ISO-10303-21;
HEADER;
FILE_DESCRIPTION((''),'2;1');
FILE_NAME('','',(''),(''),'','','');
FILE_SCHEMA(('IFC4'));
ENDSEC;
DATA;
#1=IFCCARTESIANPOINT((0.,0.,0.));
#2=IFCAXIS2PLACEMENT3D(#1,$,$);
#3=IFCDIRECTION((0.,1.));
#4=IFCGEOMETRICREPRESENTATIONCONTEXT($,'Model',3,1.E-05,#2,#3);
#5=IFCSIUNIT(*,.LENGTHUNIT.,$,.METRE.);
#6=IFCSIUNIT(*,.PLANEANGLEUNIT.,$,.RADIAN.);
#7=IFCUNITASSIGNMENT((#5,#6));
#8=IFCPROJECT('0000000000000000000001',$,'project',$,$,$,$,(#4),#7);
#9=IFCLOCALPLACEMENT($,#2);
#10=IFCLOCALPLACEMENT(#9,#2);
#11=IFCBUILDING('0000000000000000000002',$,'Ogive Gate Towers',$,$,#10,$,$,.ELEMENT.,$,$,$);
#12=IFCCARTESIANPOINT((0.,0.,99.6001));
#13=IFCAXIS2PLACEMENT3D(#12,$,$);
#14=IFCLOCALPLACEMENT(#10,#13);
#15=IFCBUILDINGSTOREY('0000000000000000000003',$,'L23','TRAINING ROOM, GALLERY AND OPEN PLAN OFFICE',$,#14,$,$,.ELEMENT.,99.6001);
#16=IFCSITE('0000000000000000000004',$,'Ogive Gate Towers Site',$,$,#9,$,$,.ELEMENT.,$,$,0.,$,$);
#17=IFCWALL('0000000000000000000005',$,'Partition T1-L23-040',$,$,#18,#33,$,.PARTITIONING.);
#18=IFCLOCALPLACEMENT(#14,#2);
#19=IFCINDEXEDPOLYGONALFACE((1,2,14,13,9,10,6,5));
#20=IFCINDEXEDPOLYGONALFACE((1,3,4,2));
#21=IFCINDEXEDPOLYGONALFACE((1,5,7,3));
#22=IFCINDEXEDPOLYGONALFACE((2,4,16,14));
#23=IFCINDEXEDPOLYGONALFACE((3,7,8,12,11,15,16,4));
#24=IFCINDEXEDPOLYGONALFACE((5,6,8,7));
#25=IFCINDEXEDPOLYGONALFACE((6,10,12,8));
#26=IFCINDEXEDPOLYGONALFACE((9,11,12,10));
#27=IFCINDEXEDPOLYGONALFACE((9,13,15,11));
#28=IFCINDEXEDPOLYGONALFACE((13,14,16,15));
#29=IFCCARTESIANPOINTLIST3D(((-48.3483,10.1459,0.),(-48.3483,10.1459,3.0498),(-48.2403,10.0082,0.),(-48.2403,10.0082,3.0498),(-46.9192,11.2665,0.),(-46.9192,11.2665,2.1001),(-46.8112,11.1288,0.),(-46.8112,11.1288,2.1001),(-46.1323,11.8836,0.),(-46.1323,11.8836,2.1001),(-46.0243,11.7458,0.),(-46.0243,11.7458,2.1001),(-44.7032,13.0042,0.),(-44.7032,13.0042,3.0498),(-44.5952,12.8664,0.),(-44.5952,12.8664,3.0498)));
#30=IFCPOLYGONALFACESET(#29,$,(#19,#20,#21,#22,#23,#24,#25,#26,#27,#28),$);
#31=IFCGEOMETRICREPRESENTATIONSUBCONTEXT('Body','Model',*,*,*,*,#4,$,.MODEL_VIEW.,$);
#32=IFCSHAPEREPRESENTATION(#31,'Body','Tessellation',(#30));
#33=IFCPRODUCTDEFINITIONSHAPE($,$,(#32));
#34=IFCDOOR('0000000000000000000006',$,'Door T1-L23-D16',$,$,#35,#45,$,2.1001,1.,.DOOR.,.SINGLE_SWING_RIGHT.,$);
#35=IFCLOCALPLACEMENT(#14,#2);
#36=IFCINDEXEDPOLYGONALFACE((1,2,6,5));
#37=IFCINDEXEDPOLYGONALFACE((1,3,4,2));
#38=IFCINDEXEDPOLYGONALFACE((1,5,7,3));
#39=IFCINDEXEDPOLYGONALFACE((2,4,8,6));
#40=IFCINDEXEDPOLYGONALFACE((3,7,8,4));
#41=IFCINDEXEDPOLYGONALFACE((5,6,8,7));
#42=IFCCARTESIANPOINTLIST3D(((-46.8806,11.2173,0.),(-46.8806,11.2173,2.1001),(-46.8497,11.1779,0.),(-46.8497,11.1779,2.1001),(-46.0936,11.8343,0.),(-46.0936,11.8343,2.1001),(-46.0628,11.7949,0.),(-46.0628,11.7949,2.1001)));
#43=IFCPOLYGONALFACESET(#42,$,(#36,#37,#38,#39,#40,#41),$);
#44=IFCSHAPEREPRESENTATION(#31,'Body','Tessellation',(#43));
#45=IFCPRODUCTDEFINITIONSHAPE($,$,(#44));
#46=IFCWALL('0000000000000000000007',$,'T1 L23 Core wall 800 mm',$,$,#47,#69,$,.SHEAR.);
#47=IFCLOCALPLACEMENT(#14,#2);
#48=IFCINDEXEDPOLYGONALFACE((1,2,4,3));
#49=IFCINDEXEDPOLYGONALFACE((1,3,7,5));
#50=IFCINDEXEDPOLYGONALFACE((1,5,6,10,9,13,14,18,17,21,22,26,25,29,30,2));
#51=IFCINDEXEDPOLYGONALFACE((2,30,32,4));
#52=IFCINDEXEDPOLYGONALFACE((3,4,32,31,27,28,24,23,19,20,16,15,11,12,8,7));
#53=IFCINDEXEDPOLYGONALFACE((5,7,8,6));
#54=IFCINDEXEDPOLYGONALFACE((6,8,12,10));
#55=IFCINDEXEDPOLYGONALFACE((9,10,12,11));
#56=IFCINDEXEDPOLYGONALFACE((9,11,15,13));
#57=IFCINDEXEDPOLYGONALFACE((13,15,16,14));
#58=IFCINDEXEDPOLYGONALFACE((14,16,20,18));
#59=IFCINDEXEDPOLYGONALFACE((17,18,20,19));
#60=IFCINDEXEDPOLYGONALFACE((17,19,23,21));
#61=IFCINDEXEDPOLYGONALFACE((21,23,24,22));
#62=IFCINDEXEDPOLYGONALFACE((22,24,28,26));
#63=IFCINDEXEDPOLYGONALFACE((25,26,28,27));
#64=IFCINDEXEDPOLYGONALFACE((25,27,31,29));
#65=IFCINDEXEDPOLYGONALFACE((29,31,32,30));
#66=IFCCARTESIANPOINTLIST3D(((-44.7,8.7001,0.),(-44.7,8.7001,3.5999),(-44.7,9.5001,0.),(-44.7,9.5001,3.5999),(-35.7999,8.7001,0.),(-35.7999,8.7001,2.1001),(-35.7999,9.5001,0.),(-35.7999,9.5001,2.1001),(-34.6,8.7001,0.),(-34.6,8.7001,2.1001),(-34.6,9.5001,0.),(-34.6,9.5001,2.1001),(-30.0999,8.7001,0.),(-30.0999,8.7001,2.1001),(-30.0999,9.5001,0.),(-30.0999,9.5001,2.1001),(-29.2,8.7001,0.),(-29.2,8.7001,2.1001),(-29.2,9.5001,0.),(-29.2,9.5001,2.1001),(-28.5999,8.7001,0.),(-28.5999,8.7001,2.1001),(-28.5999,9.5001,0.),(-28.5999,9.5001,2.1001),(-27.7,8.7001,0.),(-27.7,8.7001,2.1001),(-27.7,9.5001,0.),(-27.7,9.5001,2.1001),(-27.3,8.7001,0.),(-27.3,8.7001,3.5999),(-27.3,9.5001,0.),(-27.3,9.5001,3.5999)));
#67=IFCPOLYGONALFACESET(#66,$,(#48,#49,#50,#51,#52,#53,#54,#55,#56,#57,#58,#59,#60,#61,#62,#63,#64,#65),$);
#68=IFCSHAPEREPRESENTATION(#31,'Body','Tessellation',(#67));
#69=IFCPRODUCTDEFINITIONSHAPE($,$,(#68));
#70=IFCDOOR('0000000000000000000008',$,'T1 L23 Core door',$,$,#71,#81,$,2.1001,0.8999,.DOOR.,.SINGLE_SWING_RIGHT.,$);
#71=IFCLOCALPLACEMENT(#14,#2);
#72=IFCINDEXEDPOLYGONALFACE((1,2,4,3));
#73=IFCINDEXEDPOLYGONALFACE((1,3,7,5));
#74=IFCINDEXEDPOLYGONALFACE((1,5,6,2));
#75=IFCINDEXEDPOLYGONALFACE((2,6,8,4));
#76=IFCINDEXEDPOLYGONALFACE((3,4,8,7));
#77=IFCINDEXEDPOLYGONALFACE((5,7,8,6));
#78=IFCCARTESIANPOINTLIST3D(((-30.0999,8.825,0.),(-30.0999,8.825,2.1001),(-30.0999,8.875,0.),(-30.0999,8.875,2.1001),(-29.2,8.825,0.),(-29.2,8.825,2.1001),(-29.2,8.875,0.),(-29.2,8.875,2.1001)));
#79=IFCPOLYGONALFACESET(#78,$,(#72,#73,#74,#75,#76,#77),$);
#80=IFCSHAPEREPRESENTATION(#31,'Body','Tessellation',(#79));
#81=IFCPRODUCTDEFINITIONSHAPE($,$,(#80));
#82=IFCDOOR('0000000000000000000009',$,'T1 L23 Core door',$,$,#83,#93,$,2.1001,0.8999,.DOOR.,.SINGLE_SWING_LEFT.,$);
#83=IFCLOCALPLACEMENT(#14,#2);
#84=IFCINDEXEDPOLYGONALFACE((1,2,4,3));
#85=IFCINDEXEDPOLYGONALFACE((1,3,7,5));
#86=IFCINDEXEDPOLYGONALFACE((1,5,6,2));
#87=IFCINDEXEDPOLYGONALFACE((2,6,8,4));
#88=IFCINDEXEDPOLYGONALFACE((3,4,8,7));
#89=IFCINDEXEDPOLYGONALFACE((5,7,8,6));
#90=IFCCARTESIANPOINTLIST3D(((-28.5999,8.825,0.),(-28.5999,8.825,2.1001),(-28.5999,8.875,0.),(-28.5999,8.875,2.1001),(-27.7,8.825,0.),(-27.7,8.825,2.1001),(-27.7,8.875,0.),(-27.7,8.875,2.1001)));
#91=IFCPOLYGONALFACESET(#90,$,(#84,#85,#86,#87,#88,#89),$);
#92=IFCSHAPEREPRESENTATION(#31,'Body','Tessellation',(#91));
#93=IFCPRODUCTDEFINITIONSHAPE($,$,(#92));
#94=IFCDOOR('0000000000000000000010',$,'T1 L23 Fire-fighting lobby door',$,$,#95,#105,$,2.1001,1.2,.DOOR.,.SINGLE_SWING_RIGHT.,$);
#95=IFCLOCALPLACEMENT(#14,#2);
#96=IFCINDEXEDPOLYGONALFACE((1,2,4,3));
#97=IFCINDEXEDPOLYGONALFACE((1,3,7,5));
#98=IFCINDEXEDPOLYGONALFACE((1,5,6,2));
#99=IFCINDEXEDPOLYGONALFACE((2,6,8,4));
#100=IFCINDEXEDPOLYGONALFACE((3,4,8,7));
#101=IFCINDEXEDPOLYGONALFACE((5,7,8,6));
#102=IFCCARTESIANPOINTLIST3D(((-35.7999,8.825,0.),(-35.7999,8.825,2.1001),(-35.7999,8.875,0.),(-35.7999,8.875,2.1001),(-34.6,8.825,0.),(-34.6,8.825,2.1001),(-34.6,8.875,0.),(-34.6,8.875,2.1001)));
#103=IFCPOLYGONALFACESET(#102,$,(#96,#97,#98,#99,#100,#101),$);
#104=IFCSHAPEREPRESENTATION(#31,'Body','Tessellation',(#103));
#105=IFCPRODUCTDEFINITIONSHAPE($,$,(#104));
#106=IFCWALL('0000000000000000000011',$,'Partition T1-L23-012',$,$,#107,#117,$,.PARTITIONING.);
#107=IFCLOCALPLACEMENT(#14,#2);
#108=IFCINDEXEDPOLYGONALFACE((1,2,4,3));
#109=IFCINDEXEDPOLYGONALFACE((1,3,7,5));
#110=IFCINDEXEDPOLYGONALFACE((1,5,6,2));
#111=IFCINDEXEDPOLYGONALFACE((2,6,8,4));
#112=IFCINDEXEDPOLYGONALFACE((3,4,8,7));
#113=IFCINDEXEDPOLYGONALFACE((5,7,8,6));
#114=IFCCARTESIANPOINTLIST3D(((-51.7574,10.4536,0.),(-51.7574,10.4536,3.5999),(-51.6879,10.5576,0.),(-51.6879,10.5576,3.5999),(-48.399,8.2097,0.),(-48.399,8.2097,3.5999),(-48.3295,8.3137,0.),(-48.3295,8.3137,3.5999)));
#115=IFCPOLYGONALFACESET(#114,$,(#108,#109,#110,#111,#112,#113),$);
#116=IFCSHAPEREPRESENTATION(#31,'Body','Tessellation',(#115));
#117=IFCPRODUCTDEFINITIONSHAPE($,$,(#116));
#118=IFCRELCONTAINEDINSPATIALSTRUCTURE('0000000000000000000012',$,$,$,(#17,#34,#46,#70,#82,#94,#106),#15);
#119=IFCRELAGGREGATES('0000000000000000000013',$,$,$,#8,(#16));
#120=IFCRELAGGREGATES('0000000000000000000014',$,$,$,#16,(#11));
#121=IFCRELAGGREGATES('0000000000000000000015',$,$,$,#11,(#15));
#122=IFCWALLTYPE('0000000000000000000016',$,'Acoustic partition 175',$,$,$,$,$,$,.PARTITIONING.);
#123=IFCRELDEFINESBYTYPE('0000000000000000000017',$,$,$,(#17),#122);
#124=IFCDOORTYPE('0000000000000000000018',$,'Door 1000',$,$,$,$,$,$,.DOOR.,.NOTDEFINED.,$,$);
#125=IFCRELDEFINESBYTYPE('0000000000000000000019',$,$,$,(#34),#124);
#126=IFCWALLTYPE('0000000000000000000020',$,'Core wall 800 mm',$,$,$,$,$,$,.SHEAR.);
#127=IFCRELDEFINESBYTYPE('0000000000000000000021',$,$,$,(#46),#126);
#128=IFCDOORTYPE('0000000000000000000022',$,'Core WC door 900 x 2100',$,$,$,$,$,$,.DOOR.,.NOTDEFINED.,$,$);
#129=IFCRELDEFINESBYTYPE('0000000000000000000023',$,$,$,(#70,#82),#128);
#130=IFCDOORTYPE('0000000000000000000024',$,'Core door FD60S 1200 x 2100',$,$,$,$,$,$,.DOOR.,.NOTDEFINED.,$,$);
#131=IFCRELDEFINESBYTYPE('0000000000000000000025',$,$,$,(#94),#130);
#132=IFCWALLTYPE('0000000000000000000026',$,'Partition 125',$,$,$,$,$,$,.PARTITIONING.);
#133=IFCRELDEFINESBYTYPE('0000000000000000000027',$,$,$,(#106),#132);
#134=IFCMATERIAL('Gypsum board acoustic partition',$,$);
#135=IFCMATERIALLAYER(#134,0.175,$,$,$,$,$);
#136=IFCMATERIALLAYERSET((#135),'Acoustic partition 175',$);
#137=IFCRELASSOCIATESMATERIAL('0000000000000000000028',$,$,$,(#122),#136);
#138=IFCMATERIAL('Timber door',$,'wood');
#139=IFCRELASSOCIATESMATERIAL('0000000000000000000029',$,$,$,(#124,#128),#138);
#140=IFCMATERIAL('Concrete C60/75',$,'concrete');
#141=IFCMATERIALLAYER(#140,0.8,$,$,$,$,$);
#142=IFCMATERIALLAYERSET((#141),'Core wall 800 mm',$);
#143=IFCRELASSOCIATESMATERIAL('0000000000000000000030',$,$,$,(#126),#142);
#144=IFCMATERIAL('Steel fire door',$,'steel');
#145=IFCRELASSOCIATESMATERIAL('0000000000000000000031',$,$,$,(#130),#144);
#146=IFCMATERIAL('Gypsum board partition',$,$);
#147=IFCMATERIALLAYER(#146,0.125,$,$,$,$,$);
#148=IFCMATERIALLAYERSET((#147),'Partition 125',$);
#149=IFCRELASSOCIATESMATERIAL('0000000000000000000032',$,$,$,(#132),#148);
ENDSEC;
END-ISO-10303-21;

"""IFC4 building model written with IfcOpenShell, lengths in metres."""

from ifc_helpers import new_model, si_unit, direction, frame, frame_2d, origin, place, context, subcontext, project, spatial, rectangle, extrude, material, layer, layer_set, type_object, element, fill, save


model = new_model("IFC4")

# Units and contexts
model_context = context("Model", 3, precision=1e-05, world=origin(), true_north=direction((0.0, 1.0)))
body_context = subcontext(model_context, "Body", "Model", "MODEL_VIEW")
ifc_project = project(units=[si_unit("LENGTHUNIT", "METRE"), si_unit("PLANEANGLEUNIT", "RADIAN")], contexts=[model_context])

# Site, building, storey
site_placement = place(None, origin())
site = spatial("IfcSite", under=ifc_project, at=site_placement, Name="Ogive Gate Towers Site", CompositionType="ELEMENT", RefElevation=0.0)
building_placement = place(site_placement, origin())
building = spatial("IfcBuilding", under=site, at=building_placement, Name="Ogive Gate Towers", CompositionType="ELEMENT")
storey_placement = place(building_placement, frame((0.0, 0.0, 99.6001)))
storey = spatial("IfcBuildingStorey", under=building, at=storey_placement, Name="L23", Description="TRAINING ROOM, GALLERY AND OPEN PLAN OFFICE", CompositionType="ELEMENT", Elevation=99.6001)

# Wall, opening, door
ifc_material_1 = material(Name="Gypsum board acoustic partition")
ifc_layer_1 = layer(ifc_material_1, 0.175)
ifc_layer_set_1 = layer_set([ifc_layer_1], Name="Acoustic partition 175")
wall_type_1 = type_object("IfcWallType", Name="Acoustic partition 175", PredefinedType="PARTITIONING", material=ifc_layer_set_1)
wall_1_placement = place(storey_placement, frame((-48.2942, 10.0771, 0.0), z_axis=(0.0, 0.0, 1.0), x_axis=(0.786925, 0.617048, 0.0)))
wall_1 = element("IfcWall", 1, at=wall_1_placement, inside=storey, type_object=wall_type_1, Name="Partition T1-L23-040", PredefinedType="PARTITIONING", context=body_context, shape_type="SweptSolid", body=[
    extrude(rectangle(XDim=4.6321, YDim=0.175, at=frame_2d((2.3159, 0.0))), origin(), (0.0, 0.0, 1.0), 3.0498),
])
opening_1_placement = place(wall_1_placement, frame((1.8159, 0.0, 0.0)))
opening_1 = element("IfcOpeningElement", 2, at=opening_1_placement, cuts=wall_1, PredefinedType="OPENING", context=body_context, shape_type="SweptSolid", body=[
    extrude(rectangle(XDim=1.0, YDim=2.1001, at=frame_2d((0.5, 1.05))), frame((0.0, 0.0977, 0.0), z_axis=(0.0, -1.0, 0.0), x_axis=(1.0, 0.0, 0.0)), (0.0, 0.0, 1.0), 0.1951),
])
ifc_material_2 = material(Name="Timber door", Category="wood")
door_type_1 = type_object("IfcDoorType", Name="Door 1000", OperationType="NOTDEFINED", PredefinedType="DOOR", material=ifc_material_2)
door_1_placement = place(opening_1_placement, origin())
door_1 = element("IfcDoor", 3, at=door_1_placement, inside=storey, type_object=door_type_1, Name="Door T1-L23-D16", OperationType="SINGLE_SWING_RIGHT", OverallHeight=2.1001, OverallWidth=1.0, PredefinedType="DOOR", context=body_context, shape_type="SweptSolid", body=[
    extrude(rectangle(XDim=1.0, YDim=2.1001, at=frame_2d((0.5, 1.05))), frame((0.0, 0.0249, 0.0), z_axis=(0.0, -1.0, 0.0), x_axis=(1.0, 0.0, 0.0)), (0.0, 0.0, 1.0), 0.05),
])
fill(opening_1, door_1)

# Wall, openings, doors
ifc_material_3 = material(Name="Concrete C60/75", Category="concrete")
ifc_layer_2 = layer(ifc_material_3, 0.8)
ifc_layer_set_2 = layer_set([ifc_layer_2], Name="Core wall 800 mm")
wall_type_2 = type_object("IfcWallType", Name="Core wall 800 mm", PredefinedType="SHEAR", material=ifc_layer_set_2)
wall_2_placement = place(storey_placement, frame((-44.7, 9.1001, 0.0), z_axis=(0.0, 0.0, 1.0), x_axis=(1.0, 0.0, 0.0)))
wall_2 = element("IfcWall", 4, at=wall_2_placement, inside=storey, type_object=wall_type_2, Name="T1 L23 Core wall 800 mm", PredefinedType="SHEAR", context=body_context, shape_type="SweptSolid", body=[
    extrude(rectangle(XDim=17.3999, YDim=0.8, at=frame_2d((8.7, 0.0))), origin(), (0.0, 0.0, 1.0), 3.5999),
])
opening_2_placement = place(wall_2_placement, frame((8.8999, 0.0, 0.0)))
opening_2 = element("IfcOpeningElement", 5, at=opening_2_placement, cuts=wall_2, PredefinedType="OPENING", context=body_context, shape_type="SweptSolid", body=[
    extrude(rectangle(XDim=1.2, YDim=2.1001, at=frame_2d((0.6001, 1.05))), frame((0.0, 0.4102, 0.0), z_axis=(0.0, -1.0, 0.0), x_axis=(1.0, 0.0, 0.0)), (0.0, 0.0, 1.0), 0.8201),
])
opening_3_placement = place(wall_2_placement, frame((14.6001, 0.0, 0.0)))
opening_3 = element("IfcOpeningElement", 6, at=opening_3_placement, cuts=wall_2, PredefinedType="OPENING", context=body_context, shape_type="SweptSolid", body=[
    extrude(rectangle(XDim=0.8999, YDim=2.1001, at=frame_2d((0.45, 1.05))), frame((0.0, 0.4102, 0.0), z_axis=(0.0, -1.0, 0.0), x_axis=(1.0, 0.0, 0.0)), (0.0, 0.0, 1.0), 0.8201),
])
opening_4_placement = place(wall_2_placement, frame((16.1001, 0.0, 0.0)))
opening_4 = element("IfcOpeningElement", 7, at=opening_4_placement, cuts=wall_2, PredefinedType="OPENING", context=body_context, shape_type="SweptSolid", body=[
    extrude(rectangle(XDim=0.8999, YDim=2.1001, at=frame_2d((0.45, 1.05))), frame((0.0, 0.4102, 0.0), z_axis=(0.0, -1.0, 0.0), x_axis=(1.0, 0.0, 0.0)), (0.0, 0.0, 1.0), 0.8201),
])
door_type_2 = type_object("IfcDoorType", Name="Core WC door 900 x 2100", OperationType="NOTDEFINED", PredefinedType="DOOR", material=ifc_material_2)
door_2_placement = place(opening_3_placement, origin())
door_2 = element("IfcDoor", 8, at=door_2_placement, inside=storey, type_object=door_type_2, Name="T1 L23 Core door", OperationType="SINGLE_SWING_RIGHT", OverallHeight=2.1001, OverallWidth=0.8999, PredefinedType="DOOR", context=body_context, shape_type="SweptSolid", body=[
    extrude(rectangle(XDim=0.8999, YDim=2.1001, at=frame_2d((0.45, 1.05))), frame((0.0, -0.2251, 0.0), z_axis=(0.0, -1.0, 0.0), x_axis=(1.0, 0.0, 0.0)), (0.0, 0.0, 1.0), 0.05),
])
fill(opening_3, door_2)
door_3_placement = place(opening_4_placement, origin())
door_3 = element("IfcDoor", 9, at=door_3_placement, inside=storey, type_object=door_type_2, Name="T1 L23 Core door", OperationType="SINGLE_SWING_LEFT", OverallHeight=2.1001, OverallWidth=0.8999, PredefinedType="DOOR", context=body_context, shape_type="SweptSolid", body=[
    extrude(rectangle(XDim=0.8999, YDim=2.1001, at=frame_2d((0.45, 1.05))), frame((0.0, -0.2251, 0.0), z_axis=(0.0, -1.0, 0.0), x_axis=(1.0, 0.0, 0.0)), (0.0, 0.0, 1.0), 0.05),
])
fill(opening_4, door_3)
ifc_material_4 = material(Name="Steel fire door", Category="steel")
door_type_3 = type_object("IfcDoorType", Name="Core door FD60S 1200 x 2100", OperationType="NOTDEFINED", PredefinedType="DOOR", material=ifc_material_4)
door_4_placement = place(opening_2_placement, origin())
door_4 = element("IfcDoor", 10, at=door_4_placement, inside=storey, type_object=door_type_3, Name="T1 L23 Fire-fighting lobby door", OperationType="SINGLE_SWING_RIGHT", OverallHeight=2.1001, OverallWidth=1.2, PredefinedType="DOOR", context=body_context, shape_type="SweptSolid", body=[
    extrude(rectangle(XDim=1.2, YDim=2.1001, at=frame_2d((0.6001, 1.05))), frame((0.0, -0.2251, 0.0), z_axis=(0.0, -1.0, 0.0), x_axis=(1.0, 0.0, 0.0)), (0.0, 0.0, 1.0), 0.05),
])
fill(opening_2, door_4)

# Wall
ifc_material_5 = material(Name="Gypsum board partition")
ifc_layer_3 = layer(ifc_material_5, 0.125)
ifc_layer_set_3 = layer_set([ifc_layer_3], Name="Partition 125")
wall_type_3 = type_object("IfcWallType", Name="Partition 125", PredefinedType="PARTITIONING", material=ifc_layer_set_3)
wall_3_placement = place(storey_placement, frame((-51.7227, 10.5056, 0.0), z_axis=(0.0, 0.0, 1.0), x_axis=(0.831483, -0.555551, 0.0)))
element("IfcWall", 11, at=wall_3_placement, inside=storey, type_object=wall_type_3, Name="Partition T1-L23-012", PredefinedType="PARTITIONING", context=body_context, shape_type="SweptSolid", body=[
    extrude(rectangle(XDim=4.0391, YDim=0.125, at=frame_2d((2.0195, 0.0))), origin(), (0.0, 0.0, 1.0), 3.5999),
])

save(model, "model.ifc")
